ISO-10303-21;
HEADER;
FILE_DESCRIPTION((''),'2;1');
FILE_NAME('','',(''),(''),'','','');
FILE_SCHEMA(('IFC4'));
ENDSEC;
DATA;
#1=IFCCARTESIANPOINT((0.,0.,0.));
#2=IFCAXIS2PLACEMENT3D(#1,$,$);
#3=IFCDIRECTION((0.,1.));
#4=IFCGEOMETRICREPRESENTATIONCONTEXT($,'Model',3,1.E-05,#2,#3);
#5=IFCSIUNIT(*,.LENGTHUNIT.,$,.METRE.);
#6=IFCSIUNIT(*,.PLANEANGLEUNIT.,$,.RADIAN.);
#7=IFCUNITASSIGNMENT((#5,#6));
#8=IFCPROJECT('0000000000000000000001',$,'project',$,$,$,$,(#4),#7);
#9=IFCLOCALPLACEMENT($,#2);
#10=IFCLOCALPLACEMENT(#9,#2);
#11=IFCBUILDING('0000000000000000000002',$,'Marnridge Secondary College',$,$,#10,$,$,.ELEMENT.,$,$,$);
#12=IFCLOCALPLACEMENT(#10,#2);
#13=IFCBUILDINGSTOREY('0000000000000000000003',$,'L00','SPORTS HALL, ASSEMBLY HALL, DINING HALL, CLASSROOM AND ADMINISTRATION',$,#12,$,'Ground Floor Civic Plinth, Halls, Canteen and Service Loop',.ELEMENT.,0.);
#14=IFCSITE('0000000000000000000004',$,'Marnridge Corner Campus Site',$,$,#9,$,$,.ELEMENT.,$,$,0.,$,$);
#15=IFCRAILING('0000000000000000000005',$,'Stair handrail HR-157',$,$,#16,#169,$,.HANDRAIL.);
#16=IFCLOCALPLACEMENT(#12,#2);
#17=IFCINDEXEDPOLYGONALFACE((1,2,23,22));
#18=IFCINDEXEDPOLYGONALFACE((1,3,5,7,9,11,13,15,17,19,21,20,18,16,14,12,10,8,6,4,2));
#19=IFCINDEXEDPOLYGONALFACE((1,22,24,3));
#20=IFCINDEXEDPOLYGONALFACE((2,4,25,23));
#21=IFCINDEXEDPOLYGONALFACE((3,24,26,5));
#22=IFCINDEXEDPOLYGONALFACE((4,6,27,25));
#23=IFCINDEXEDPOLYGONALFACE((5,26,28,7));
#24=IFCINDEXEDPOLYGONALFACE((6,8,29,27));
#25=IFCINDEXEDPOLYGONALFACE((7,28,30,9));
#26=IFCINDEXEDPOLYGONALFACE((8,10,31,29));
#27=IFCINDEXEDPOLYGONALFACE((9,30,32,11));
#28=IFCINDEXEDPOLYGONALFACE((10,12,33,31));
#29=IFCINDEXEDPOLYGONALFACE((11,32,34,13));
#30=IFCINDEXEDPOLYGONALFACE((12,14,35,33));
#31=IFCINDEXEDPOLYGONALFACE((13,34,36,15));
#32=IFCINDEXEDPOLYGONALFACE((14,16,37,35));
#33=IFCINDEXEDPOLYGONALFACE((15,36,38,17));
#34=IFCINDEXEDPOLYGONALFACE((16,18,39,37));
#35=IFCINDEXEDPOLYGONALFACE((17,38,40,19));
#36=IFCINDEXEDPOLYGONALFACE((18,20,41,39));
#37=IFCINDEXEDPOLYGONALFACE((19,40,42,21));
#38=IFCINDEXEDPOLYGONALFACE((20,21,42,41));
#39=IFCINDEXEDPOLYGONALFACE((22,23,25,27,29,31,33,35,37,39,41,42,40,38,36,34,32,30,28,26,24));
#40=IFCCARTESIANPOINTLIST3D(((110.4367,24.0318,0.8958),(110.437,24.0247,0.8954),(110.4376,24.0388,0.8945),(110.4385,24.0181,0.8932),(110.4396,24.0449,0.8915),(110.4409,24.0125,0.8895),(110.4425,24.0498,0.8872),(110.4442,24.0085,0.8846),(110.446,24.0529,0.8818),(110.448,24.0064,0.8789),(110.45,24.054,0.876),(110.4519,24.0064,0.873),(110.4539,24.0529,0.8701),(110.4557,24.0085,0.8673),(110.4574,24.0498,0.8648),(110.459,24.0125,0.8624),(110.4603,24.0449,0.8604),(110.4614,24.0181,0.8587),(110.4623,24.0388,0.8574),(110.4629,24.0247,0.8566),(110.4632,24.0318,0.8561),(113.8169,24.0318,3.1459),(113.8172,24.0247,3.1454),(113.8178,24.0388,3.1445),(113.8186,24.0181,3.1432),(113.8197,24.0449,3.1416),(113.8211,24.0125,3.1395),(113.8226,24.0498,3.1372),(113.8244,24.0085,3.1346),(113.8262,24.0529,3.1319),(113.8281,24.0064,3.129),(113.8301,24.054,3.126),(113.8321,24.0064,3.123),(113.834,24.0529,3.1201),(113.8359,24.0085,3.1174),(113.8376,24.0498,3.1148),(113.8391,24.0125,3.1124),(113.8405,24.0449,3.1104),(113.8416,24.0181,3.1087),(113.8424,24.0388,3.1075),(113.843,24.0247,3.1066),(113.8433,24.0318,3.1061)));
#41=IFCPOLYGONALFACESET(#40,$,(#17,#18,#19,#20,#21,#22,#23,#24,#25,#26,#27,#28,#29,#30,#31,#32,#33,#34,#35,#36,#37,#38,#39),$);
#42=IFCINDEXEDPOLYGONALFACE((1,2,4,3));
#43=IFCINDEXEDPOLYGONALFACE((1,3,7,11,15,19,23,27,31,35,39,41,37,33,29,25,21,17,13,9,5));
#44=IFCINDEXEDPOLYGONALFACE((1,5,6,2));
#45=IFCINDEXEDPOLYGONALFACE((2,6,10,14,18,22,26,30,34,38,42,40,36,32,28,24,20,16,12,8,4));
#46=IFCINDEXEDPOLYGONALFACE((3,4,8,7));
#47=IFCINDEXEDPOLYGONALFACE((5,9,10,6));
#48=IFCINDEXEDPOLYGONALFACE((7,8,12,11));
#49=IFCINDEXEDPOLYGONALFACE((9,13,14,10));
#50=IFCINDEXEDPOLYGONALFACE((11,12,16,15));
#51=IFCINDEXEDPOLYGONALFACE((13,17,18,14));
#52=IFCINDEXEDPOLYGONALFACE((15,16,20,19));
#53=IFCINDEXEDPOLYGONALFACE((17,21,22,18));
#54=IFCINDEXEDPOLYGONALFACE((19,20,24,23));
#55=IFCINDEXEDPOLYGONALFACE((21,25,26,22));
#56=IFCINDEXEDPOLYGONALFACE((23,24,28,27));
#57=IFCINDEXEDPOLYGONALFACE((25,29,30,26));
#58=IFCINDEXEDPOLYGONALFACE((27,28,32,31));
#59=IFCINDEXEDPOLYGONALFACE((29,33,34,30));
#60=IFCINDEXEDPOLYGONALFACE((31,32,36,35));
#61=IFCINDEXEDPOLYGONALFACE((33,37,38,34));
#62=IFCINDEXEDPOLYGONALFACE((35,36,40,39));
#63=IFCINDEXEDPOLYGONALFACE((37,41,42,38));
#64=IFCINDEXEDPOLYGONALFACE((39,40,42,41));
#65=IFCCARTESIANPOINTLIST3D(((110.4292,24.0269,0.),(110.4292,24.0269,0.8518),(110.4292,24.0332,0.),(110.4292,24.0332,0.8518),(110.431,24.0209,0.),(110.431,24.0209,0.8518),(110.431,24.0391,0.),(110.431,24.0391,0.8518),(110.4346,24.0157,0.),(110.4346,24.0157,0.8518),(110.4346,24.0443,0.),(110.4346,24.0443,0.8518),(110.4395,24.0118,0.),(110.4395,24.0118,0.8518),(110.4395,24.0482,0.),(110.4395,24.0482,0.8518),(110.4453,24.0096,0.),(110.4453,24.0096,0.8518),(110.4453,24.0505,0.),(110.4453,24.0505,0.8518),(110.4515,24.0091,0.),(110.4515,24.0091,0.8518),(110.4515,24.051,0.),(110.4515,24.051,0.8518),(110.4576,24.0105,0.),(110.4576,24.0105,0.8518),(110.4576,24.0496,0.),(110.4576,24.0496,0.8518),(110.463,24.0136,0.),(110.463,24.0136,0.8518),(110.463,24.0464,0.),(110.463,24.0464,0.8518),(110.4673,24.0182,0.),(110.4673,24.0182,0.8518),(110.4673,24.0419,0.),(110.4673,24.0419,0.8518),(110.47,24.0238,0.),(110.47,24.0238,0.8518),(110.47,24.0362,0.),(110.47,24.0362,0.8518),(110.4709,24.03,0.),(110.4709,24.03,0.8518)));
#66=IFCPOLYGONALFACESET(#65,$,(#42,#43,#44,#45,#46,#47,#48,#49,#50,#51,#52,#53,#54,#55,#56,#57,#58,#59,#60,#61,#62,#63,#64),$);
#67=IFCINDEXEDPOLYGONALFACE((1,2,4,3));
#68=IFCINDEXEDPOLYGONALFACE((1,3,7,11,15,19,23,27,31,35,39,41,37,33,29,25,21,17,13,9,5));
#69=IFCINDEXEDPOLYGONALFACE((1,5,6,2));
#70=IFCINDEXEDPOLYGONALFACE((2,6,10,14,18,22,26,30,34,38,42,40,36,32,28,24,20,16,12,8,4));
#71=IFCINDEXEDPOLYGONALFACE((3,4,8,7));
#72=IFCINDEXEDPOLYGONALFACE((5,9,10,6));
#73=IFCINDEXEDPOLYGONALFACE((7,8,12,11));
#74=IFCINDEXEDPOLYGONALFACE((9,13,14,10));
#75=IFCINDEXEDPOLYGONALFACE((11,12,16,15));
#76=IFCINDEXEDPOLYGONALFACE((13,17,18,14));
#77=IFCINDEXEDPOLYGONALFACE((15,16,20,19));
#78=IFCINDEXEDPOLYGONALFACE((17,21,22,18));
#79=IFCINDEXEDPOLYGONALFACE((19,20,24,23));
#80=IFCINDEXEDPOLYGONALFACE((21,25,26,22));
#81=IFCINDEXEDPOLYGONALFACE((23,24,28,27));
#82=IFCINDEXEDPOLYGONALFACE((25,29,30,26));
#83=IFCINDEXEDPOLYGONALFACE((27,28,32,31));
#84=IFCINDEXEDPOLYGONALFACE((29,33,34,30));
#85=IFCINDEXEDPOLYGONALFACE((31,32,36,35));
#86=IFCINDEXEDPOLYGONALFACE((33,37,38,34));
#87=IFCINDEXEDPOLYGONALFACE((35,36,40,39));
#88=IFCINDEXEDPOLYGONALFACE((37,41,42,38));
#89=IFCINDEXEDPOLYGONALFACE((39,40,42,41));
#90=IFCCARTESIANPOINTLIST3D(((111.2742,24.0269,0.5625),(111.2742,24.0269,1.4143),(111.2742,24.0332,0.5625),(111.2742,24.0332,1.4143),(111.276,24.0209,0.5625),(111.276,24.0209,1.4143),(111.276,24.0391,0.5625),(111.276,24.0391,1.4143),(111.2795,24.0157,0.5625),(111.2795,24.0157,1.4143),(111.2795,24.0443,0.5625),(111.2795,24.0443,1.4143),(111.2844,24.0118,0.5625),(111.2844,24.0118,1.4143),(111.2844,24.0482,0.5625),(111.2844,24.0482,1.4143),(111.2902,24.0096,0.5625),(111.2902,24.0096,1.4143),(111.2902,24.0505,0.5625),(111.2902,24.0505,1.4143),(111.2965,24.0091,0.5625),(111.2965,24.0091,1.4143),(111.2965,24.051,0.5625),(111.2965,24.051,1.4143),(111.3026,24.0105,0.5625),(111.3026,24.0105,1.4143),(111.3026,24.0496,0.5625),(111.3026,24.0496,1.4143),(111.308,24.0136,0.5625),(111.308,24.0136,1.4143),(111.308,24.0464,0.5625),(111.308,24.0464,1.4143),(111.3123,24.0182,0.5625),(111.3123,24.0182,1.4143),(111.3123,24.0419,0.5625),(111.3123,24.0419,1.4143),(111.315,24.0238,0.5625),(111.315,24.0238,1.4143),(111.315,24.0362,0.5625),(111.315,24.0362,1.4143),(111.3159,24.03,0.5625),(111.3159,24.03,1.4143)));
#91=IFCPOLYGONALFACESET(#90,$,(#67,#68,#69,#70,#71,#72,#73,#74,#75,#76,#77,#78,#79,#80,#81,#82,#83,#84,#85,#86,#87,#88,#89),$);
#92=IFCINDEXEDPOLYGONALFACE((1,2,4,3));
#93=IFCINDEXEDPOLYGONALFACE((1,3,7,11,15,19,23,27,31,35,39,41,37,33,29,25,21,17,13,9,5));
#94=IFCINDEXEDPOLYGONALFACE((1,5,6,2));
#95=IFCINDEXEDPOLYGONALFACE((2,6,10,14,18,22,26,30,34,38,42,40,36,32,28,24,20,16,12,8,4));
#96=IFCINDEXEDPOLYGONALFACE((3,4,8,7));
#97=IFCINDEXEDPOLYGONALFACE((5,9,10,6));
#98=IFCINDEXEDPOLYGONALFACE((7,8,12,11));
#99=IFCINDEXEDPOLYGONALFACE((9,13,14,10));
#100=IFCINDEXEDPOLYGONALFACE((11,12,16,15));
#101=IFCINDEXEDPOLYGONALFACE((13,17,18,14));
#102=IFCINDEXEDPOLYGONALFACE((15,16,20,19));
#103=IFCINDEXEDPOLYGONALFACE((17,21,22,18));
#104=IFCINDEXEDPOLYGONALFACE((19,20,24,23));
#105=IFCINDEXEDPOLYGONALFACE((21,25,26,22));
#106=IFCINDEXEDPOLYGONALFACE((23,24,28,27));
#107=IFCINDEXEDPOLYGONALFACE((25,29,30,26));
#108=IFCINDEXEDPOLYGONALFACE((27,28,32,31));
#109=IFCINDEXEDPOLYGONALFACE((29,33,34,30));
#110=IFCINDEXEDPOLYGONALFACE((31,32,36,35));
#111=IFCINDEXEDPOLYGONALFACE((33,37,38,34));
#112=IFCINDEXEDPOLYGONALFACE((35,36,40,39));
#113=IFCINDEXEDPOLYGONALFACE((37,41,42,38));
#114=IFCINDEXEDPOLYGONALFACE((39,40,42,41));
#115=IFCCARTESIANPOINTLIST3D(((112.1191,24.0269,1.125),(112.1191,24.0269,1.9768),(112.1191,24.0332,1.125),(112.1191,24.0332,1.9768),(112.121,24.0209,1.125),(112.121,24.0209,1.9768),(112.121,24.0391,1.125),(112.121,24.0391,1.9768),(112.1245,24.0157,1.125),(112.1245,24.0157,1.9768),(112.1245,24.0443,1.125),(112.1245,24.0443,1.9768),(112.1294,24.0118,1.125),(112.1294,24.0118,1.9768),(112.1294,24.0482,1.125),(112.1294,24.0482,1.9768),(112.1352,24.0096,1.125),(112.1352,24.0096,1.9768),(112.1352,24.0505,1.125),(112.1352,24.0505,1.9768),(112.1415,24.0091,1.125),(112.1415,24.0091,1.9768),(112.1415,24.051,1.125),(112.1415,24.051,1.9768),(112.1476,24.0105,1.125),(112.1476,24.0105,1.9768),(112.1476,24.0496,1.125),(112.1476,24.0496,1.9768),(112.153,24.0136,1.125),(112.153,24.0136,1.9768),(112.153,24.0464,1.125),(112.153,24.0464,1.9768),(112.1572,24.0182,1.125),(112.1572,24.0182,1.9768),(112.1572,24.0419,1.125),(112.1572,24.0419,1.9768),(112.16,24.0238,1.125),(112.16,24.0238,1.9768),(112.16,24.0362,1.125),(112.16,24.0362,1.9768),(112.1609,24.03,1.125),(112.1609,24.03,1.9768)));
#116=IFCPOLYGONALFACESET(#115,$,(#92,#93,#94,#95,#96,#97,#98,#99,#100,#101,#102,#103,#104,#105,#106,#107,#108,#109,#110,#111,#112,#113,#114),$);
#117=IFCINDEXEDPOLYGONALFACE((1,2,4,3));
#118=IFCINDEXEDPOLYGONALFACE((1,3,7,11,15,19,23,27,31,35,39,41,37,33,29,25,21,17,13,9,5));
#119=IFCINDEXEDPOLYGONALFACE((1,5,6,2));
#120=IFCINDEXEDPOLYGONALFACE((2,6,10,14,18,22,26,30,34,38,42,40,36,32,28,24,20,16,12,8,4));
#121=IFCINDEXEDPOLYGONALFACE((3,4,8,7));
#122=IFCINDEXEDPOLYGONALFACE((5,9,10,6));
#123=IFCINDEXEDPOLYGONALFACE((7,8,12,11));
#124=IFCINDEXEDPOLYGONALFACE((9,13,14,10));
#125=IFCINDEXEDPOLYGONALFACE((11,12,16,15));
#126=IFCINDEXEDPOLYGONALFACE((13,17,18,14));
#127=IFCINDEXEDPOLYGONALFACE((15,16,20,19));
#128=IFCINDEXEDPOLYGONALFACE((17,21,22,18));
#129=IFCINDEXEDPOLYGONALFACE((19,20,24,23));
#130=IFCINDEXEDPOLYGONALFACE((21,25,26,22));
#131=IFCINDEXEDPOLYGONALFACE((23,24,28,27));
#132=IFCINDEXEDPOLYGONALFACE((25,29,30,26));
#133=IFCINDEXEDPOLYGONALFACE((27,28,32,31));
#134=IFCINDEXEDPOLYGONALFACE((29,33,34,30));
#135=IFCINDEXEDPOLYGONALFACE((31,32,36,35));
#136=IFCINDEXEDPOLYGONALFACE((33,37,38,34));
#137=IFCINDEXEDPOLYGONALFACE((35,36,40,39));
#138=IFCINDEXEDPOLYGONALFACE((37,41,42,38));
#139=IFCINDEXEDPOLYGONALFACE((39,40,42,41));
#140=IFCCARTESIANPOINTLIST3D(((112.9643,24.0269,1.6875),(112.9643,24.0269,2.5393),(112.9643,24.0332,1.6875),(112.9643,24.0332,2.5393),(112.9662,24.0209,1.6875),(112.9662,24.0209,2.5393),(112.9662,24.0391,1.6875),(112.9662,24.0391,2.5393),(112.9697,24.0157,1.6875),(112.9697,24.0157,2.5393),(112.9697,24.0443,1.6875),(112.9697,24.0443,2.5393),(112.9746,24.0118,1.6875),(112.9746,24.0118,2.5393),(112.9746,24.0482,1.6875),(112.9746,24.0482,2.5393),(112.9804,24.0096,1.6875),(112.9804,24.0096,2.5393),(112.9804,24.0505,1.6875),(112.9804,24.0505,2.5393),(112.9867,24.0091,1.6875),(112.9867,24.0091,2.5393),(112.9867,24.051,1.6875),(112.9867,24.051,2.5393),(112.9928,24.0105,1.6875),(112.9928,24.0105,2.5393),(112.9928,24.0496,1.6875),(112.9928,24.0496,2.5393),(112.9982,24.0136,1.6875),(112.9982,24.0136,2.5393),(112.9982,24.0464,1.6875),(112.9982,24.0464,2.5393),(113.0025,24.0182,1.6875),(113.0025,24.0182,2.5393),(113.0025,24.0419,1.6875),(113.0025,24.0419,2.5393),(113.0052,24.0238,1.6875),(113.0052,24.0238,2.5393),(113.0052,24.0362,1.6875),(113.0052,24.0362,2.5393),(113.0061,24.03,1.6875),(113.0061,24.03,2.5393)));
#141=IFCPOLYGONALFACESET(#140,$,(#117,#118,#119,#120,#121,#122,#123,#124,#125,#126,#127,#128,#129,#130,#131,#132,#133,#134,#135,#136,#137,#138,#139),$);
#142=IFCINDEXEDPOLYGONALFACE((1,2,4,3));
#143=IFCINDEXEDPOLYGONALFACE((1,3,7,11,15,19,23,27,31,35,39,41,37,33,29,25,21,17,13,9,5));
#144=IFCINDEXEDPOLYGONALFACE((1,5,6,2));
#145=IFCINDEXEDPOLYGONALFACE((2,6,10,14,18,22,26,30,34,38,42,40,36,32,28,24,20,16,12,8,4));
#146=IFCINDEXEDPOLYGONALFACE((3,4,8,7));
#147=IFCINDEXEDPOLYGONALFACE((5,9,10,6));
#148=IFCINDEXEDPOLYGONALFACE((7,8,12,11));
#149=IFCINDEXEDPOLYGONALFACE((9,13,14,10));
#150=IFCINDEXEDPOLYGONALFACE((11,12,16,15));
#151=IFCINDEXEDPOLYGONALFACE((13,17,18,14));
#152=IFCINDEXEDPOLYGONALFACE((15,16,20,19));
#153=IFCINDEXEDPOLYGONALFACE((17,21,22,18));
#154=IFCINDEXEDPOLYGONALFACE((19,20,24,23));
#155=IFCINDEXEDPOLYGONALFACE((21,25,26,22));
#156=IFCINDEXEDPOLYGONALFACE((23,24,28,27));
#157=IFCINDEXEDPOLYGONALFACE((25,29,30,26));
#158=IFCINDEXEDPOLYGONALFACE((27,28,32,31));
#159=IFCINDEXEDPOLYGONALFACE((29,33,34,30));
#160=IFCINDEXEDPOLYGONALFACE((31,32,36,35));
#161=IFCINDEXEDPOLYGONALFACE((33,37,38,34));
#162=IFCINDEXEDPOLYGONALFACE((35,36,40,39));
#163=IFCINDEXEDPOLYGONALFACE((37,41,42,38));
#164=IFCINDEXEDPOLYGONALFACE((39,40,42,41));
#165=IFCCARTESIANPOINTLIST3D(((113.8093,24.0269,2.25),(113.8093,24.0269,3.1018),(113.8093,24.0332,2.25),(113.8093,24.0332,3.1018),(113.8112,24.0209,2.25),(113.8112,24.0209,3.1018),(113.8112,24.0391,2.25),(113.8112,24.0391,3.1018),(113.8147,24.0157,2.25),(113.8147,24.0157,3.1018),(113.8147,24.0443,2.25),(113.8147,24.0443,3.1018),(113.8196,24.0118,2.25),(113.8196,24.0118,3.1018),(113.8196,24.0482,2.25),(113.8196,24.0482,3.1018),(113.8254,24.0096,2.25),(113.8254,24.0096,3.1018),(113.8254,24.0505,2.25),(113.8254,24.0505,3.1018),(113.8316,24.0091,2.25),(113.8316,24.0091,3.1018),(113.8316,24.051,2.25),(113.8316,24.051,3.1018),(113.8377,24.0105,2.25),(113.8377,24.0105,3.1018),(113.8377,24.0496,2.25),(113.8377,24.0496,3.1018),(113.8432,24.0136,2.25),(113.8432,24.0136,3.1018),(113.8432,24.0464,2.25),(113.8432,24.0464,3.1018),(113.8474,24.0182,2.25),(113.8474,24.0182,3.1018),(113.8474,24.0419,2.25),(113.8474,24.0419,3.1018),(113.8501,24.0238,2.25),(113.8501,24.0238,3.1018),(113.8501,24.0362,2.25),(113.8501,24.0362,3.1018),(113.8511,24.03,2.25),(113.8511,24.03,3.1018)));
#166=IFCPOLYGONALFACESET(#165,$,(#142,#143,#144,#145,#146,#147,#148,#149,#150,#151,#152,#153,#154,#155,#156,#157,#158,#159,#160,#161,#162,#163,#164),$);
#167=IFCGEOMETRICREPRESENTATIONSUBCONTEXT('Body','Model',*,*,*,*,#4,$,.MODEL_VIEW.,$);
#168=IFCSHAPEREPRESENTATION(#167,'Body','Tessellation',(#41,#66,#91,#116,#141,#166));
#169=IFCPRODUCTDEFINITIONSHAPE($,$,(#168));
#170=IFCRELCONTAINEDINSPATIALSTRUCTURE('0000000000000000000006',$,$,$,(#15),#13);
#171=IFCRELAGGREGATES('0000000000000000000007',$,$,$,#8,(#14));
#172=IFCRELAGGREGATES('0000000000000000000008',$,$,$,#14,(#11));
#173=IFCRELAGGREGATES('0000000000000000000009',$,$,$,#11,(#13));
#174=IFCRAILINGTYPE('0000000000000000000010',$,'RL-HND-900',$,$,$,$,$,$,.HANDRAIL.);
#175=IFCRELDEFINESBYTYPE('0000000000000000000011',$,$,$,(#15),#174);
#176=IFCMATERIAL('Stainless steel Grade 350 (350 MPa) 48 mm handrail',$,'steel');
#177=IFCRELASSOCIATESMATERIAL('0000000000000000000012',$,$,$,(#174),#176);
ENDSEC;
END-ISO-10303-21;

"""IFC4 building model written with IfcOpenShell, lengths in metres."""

from ifc_helpers import new_model, si_unit, direction, frame, origin, origin_2d, place, context, subcontext, project, spatial, circle, extrude, material, type_object, element, save


model = new_model("IFC4")

# Units and contexts
model_context = context("Model", 3, precision=1e-05, world=origin(), true_north=direction((0.0, 1.0)))
body_context = subcontext(model_context, "Body", "Model", "MODEL_VIEW")
ifc_project = project(units=[si_unit("LENGTHUNIT", "METRE"), si_unit("PLANEANGLEUNIT", "RADIAN")], contexts=[model_context])

# Site, building, storey
site_placement = place(None, origin())
site = spatial("IfcSite", under=ifc_project, at=site_placement, Name="Marnridge Corner Campus Site", CompositionType="ELEMENT", RefElevation=0.0)
building_placement = place(site_placement, origin())
building = spatial("IfcBuilding", under=site, at=building_placement, Name="Marnridge Secondary College", CompositionType="ELEMENT")
storey_placement = place(building_placement, origin())
storey = spatial("IfcBuildingStorey", under=building, at=storey_placement, Name="L00", Description="SPORTS HALL, ASSEMBLY HALL, DINING HALL, CLASSROOM AND ADMINISTRATION", LongName="Ground Floor Civic Plinth, Halls, Canteen and Service Loop", CompositionType="ELEMENT", Elevation=0.0)

# Railing
ifc_material_1 = material(Name="Stainless steel Grade 350 (350 MPa) 48 mm handrail", Category="steel")
railing_type = type_object("IfcRailingType", Name="RL-HND-900", PredefinedType="HANDRAIL", material=ifc_material_1)
for number, where, name in (
    (1, (110.45, 24.03, 0.0), "Stair handrail HR-157"),
):
    element("IfcRailing", number, at=place(storey_placement, frame(where)), inside=storey, type_object=railing_type, Name=name, PredefinedType="HANDRAIL", context=body_context, shape_type="SweptSolid", body=[
        extrude(circle(Radius=0.0239, at=origin_2d()), frame((0.0, 0.0, 0.876), z_axis=(0.832439, 0.0, 0.554117), x_axis=(0.0, 1.0, 0.0)), (0.0, 0.0, 1.0), 4.0605),
        extrude(circle(Radius=0.021, at=origin_2d()), origin(), (0.0, 0.0, 1.0), 0.8518),
        extrude(circle(Radius=0.021, at=origin_2d()), frame((0.845, 0.0, 0.5625)), (0.0, 0.0, 1.0), 0.8518),
        extrude(circle(Radius=0.021, at=origin_2d()), frame((1.6899, 0.0, 1.125)), (0.0, 0.0, 1.0), 0.8518),
        extrude(circle(Radius=0.021, at=origin_2d()), frame((2.5352, 0.0, 1.6875)), (0.0, 0.0, 1.0), 0.8518),
        extrude(circle(Radius=0.021, at=origin_2d()), frame((3.3801, 0.0, 2.25)), (0.0, 0.0, 1.0), 0.8518),
    ])

save(model, "model.ifc")
